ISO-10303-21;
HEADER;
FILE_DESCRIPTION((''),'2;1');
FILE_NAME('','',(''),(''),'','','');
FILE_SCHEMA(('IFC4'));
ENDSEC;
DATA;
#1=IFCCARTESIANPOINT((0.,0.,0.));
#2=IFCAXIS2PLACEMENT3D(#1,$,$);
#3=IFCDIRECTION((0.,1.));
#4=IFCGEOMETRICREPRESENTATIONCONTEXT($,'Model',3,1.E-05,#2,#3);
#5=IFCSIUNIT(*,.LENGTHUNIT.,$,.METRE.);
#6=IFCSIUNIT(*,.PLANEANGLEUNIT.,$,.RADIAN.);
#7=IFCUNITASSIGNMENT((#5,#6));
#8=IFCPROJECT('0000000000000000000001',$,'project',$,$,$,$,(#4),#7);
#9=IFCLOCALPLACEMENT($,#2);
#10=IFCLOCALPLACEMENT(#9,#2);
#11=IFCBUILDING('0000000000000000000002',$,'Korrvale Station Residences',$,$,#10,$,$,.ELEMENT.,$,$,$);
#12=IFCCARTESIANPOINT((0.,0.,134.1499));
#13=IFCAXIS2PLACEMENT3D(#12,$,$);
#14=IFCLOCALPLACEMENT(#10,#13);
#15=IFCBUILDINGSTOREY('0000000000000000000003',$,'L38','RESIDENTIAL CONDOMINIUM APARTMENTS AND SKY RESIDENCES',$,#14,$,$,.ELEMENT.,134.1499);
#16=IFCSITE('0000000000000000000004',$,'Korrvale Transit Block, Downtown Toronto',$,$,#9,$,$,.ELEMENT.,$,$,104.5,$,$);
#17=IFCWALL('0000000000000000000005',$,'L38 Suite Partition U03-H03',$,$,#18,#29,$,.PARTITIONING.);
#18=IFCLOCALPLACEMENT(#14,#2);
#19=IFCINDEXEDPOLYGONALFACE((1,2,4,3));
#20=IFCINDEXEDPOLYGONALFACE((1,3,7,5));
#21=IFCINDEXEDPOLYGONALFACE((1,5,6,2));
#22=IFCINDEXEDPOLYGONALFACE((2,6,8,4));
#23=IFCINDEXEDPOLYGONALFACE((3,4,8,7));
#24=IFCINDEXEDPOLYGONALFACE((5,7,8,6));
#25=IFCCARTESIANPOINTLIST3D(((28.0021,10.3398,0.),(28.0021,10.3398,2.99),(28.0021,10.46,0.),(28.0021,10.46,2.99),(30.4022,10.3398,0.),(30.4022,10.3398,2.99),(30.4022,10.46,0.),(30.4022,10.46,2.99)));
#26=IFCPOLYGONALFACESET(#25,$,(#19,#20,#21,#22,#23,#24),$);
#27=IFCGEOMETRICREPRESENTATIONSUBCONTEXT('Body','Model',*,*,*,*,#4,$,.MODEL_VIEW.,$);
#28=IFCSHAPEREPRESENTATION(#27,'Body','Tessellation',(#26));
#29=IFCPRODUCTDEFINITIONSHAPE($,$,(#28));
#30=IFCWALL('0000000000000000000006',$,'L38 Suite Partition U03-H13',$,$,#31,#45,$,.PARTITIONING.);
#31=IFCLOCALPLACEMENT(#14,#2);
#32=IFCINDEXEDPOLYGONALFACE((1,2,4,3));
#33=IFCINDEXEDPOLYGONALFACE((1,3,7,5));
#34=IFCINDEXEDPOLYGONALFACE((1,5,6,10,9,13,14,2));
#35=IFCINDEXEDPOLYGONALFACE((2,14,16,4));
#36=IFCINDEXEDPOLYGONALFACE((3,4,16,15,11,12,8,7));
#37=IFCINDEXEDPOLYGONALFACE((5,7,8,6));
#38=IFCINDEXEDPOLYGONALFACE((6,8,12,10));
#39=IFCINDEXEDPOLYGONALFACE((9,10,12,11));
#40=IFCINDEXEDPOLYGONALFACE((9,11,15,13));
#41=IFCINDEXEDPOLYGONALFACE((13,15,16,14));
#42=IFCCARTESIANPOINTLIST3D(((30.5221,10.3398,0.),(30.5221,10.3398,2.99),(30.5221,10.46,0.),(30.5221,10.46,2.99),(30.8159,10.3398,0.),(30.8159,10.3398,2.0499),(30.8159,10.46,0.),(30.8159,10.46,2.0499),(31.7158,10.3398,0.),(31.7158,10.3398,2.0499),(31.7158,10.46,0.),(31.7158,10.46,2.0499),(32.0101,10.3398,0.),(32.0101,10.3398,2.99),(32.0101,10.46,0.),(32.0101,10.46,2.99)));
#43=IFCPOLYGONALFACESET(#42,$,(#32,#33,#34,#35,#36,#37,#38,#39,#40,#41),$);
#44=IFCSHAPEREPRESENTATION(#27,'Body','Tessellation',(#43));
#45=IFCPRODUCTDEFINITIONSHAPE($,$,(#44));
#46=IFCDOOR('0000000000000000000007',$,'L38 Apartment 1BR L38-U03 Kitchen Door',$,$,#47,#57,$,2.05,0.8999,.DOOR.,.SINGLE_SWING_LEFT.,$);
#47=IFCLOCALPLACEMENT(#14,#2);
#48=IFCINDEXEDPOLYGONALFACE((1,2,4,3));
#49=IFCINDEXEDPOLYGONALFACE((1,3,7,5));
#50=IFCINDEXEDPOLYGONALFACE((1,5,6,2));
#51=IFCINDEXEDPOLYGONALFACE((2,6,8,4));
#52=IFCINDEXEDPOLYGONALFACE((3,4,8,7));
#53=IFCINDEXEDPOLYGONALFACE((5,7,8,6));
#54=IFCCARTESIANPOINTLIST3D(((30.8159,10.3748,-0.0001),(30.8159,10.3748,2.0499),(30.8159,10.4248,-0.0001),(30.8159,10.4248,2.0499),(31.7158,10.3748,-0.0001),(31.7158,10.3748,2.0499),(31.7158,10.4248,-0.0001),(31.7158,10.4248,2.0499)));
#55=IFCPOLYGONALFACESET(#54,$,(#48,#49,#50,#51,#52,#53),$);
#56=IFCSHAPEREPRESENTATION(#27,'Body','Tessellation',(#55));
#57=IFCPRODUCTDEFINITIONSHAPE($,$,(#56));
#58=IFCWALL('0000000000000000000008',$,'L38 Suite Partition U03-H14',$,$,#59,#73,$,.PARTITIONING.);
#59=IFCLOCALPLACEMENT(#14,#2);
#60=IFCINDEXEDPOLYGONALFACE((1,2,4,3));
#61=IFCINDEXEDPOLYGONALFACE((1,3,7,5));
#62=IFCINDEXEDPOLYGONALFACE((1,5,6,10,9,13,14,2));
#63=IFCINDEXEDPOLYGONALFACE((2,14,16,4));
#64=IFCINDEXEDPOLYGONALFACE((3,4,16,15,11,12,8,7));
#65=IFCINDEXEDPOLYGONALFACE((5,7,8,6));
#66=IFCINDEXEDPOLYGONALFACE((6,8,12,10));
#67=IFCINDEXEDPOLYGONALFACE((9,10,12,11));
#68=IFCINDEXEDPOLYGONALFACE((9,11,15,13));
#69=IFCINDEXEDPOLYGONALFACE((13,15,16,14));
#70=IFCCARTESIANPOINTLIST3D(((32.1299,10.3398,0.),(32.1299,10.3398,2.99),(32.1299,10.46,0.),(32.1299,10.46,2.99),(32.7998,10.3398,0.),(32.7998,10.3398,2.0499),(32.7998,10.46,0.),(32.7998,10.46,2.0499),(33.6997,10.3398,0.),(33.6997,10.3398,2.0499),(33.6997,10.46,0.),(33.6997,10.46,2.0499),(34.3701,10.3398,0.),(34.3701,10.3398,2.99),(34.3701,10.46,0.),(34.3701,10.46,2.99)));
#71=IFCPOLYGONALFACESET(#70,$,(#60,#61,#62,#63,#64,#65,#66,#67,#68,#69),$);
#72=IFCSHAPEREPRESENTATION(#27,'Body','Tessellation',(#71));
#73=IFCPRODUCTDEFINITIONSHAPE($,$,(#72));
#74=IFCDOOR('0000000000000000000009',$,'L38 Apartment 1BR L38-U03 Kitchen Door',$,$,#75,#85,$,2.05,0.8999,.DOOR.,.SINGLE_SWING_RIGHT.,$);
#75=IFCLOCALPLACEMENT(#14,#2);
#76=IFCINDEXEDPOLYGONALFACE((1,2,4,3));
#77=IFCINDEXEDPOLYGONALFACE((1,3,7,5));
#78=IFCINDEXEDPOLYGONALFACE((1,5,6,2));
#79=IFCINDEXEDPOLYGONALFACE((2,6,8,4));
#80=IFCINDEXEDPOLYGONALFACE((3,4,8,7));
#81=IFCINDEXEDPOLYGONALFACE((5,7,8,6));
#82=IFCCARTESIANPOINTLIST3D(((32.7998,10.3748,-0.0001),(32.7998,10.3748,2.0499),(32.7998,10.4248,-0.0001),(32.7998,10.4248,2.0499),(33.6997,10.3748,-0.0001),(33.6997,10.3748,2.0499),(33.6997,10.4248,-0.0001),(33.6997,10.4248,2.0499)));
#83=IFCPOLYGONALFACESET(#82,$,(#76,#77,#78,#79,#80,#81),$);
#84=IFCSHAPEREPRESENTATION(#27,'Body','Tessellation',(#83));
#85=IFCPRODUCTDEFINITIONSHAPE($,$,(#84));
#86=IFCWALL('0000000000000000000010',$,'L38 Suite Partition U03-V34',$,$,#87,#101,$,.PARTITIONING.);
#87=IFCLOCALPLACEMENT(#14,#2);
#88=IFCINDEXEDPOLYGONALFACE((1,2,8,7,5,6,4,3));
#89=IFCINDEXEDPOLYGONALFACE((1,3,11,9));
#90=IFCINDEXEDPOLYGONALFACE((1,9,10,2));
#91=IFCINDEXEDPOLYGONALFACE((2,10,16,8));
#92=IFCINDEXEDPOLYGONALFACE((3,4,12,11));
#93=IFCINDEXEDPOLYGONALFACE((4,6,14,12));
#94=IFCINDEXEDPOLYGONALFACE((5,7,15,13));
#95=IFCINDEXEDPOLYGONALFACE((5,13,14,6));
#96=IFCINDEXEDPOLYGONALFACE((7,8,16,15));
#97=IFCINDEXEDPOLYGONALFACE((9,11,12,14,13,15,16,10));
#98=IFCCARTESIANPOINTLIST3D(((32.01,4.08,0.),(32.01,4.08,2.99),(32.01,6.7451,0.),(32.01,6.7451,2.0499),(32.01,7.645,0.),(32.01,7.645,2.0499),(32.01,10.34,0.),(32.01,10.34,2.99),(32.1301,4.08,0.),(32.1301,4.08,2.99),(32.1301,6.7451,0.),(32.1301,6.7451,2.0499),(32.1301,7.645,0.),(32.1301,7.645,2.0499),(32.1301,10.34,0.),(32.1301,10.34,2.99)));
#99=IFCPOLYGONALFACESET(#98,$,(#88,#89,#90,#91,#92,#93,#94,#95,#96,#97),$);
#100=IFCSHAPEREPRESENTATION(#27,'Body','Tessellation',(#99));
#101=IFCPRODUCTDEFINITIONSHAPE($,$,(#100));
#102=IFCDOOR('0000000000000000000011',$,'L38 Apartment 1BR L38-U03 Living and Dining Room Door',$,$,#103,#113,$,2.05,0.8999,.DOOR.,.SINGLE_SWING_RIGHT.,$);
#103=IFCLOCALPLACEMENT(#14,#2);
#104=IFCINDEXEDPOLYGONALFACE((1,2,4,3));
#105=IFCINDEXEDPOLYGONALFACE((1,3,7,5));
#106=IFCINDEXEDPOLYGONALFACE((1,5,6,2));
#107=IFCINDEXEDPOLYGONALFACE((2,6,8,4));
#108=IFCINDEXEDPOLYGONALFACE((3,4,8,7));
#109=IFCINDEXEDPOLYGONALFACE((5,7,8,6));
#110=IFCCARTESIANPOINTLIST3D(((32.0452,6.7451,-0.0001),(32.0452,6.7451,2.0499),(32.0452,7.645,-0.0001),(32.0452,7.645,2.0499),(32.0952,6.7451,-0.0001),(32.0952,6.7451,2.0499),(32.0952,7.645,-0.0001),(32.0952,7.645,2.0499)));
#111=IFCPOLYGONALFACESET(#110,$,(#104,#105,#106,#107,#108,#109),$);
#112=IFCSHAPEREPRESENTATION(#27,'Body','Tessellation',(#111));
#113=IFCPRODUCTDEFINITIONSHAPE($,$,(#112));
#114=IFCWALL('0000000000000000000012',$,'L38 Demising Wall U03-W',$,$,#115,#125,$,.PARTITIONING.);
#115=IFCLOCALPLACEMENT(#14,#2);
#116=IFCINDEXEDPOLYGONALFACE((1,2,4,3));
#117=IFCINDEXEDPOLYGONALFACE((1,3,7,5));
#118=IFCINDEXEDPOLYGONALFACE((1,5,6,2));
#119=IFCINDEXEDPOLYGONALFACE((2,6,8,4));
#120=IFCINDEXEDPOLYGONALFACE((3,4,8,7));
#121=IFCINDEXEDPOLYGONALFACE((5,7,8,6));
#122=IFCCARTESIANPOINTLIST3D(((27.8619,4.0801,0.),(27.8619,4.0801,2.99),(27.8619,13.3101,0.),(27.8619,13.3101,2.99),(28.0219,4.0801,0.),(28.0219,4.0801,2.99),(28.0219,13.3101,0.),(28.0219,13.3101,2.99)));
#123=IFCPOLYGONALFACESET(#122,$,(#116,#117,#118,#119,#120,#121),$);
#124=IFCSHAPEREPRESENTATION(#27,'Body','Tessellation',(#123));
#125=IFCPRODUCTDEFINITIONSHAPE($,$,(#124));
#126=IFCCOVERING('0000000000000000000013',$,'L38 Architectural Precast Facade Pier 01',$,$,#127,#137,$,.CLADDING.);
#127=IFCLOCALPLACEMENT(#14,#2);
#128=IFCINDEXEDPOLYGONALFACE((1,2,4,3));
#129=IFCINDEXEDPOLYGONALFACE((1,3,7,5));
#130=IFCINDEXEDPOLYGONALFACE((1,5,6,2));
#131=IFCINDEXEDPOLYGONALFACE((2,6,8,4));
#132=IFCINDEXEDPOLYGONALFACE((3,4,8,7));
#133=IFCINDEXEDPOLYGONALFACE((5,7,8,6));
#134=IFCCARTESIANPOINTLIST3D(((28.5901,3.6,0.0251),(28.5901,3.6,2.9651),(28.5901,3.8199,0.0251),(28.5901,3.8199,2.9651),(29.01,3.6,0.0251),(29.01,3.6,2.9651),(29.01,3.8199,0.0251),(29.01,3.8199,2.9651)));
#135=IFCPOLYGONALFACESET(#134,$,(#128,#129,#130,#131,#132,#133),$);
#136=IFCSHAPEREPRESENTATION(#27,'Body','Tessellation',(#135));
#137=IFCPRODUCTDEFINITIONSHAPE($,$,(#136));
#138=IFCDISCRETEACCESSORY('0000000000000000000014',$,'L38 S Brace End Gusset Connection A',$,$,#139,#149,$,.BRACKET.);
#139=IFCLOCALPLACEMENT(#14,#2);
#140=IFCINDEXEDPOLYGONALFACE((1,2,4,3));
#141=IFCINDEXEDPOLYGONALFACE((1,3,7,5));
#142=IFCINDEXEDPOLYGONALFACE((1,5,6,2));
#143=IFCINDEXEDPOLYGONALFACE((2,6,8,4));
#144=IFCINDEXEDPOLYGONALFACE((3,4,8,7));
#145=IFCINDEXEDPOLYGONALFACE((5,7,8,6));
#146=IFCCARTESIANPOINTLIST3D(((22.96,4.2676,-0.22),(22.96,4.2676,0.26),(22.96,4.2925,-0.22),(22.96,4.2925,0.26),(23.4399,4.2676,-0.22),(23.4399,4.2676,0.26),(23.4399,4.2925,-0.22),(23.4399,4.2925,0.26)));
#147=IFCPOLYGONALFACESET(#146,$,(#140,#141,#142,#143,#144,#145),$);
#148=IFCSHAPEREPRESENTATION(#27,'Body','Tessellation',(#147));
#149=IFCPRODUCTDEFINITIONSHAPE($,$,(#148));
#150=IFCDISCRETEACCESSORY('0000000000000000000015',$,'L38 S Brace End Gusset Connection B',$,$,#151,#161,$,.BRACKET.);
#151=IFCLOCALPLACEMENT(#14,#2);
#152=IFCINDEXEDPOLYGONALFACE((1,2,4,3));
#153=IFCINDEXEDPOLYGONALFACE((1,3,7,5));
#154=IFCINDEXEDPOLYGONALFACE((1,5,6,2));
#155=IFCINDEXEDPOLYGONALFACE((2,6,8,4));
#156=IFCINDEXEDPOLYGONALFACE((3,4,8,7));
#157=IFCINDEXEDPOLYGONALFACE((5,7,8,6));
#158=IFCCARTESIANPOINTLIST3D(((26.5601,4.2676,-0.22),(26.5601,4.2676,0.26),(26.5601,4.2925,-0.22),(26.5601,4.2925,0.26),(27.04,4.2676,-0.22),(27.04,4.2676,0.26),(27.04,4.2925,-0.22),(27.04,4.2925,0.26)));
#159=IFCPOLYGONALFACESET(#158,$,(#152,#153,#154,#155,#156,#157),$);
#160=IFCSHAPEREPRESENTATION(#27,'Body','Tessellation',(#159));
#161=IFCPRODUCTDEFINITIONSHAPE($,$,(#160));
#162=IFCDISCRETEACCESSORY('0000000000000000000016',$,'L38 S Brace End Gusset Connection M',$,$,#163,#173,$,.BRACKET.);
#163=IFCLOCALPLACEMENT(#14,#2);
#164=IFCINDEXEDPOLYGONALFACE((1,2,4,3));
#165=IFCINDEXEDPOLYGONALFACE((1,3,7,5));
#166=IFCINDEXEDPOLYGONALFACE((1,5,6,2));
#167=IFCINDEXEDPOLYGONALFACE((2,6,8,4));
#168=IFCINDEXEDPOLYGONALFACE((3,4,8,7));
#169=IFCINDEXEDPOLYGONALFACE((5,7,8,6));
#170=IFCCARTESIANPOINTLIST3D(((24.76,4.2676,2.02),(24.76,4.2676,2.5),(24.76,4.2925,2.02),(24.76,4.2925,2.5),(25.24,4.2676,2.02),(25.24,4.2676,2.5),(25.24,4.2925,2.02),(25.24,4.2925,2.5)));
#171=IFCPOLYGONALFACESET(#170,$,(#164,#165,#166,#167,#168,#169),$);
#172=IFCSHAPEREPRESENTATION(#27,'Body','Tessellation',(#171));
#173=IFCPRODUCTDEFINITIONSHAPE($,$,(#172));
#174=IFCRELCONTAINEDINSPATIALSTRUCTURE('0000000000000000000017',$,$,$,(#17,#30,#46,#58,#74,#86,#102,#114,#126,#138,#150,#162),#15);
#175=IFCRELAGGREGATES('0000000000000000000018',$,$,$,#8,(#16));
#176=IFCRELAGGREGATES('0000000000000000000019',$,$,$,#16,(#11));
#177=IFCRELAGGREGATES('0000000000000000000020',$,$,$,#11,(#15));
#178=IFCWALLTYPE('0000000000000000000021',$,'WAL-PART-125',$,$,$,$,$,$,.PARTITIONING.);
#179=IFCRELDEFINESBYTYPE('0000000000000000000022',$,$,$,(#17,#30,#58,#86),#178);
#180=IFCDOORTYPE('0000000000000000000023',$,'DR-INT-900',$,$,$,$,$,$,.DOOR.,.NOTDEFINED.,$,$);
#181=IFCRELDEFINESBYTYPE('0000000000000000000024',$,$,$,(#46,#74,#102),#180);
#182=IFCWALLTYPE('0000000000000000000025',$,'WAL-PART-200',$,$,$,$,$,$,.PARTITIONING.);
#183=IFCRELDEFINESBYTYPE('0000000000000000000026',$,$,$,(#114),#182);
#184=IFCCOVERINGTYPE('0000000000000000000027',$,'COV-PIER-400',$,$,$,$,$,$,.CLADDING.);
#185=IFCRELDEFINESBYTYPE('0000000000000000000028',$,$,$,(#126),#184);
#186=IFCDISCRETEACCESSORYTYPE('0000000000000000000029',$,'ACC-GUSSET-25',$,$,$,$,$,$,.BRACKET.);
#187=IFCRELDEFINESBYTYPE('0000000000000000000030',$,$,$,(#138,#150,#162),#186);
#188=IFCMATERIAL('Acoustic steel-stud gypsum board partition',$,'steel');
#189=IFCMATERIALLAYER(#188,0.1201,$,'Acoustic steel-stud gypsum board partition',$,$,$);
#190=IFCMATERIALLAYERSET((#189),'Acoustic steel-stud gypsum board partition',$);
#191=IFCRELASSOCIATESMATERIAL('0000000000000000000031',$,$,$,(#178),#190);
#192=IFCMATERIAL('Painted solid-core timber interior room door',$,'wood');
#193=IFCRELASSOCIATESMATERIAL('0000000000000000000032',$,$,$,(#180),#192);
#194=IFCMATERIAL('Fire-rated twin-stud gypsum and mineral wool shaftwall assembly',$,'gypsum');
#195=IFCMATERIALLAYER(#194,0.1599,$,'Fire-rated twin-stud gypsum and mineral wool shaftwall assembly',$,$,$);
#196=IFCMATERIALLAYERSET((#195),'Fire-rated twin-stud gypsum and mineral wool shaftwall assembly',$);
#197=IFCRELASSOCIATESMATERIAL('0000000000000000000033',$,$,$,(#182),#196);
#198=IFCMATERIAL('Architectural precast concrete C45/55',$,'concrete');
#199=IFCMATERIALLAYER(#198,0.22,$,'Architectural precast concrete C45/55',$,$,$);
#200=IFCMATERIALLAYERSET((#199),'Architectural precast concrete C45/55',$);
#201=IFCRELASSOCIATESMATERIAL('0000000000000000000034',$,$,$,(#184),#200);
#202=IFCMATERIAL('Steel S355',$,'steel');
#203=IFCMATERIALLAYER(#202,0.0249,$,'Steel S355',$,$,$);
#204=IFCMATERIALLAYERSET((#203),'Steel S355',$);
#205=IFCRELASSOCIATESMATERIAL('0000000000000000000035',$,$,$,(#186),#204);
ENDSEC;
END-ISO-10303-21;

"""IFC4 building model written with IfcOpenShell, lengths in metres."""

from ifc_helpers import new_model, si_unit, direction, frame, frame_2d, origin, origin_2d, place, context, subcontext, project, spatial, rectangle, extrude, material, layer, layer_set, type_object, element, fill, save


model = new_model("IFC4")

# Units and contexts
model_context = context("Model", 3, precision=1e-05, world=origin(), true_north=direction((0.0, 1.0)))
body_context = subcontext(model_context, "Body", "Model", "MODEL_VIEW")
ifc_project = project(units=[si_unit("LENGTHUNIT", "METRE"), si_unit("PLANEANGLEUNIT", "RADIAN")], contexts=[model_context])

# Site, building, storey
site_placement = place(None, origin())
site = spatial("IfcSite", under=ifc_project, at=site_placement, Name="Korrvale Transit Block, Downtown Toronto", CompositionType="ELEMENT", RefElevation=104.5)
building_placement = place(site_placement, origin())
building = spatial("IfcBuilding", under=site, at=building_placement, Name="Korrvale Station Residences", CompositionType="ELEMENT")
storey_placement = place(building_placement, frame((0.0, 0.0, 134.1499)))
storey = spatial("IfcBuildingStorey", under=building, at=storey_placement, Name="L38", Description="RESIDENTIAL CONDOMINIUM APARTMENTS AND SKY RESIDENCES", CompositionType="ELEMENT", Elevation=134.1499)

# Shared definitions
ifc_material_1 = material(Name="Steel S355", Category="steel")

# Shared definitions
ifc_material_2 = material(Name="Acoustic steel-stud gypsum board partition", Category="steel")
ifc_layer_1 = layer(ifc_material_2, 0.1201, Name="Acoustic steel-stud gypsum board partition")
ifc_layer_set_1 = layer_set([ifc_layer_1], Name="Acoustic steel-stud gypsum board partition")
wall_type_1 = type_object("IfcWallType", Name="WAL-PART-125", PredefinedType="PARTITIONING", material=ifc_layer_set_1)
ifc_material_3 = material(Name="Painted solid-core timber interior room door", Category="wood")
door_type_1 = type_object("IfcDoorType", Name="DR-INT-900", OperationType="NOTDEFINED", PredefinedType="DOOR", material=ifc_material_3)

# Wall
wall_1_placement = place(storey_placement, frame((28.002, 10.3999, 0.0), z_axis=(0.0, 0.0, 1.0), x_axis=(1.0, 0.0, 0.0)))
element("IfcWall", 1, at=wall_1_placement, inside=storey, type_object=wall_type_1, Name="L38 Suite Partition U03-H03", PredefinedType="PARTITIONING", context=body_context, shape_type="SweptSolid", body=[
    extrude(rectangle(XDim=2.4001, YDim=0.1201, at=frame_2d((1.2002, 0.0))), origin(), (0.0, 0.0, 1.0), 2.99),
])

# Walls, openings, doors
wall_2_placement = place(storey_placement, frame((30.522, 10.3999, 0.0), z_axis=(0.0, 0.0, 1.0), x_axis=(1.0, 0.0, 0.0)))
wall_2 = element("IfcWall", 2, at=wall_2_placement, inside=storey, type_object=wall_type_1, Name="L38 Suite Partition U03-H13", PredefinedType="PARTITIONING", context=body_context, shape_type="SweptSolid", body=[
    extrude(rectangle(XDim=1.488, YDim=0.1201, at=frame_2d((0.7441, 0.0))), origin(), (0.0, 0.0, 1.0), 2.99),
])
opening_1_placement = place(wall_2_placement, frame((0.2939, 0.0, 0.0)))
opening_1 = element("IfcOpeningElement", 3, at=opening_1_placement, cuts=wall_2, PredefinedType="OPENING", context=body_context, shape_type="SweptSolid", body=[
    extrude(rectangle(XDim=0.8999, YDim=2.05, at=frame_2d((0.45, 1.0249))), frame((0.0, 0.0701, 0.0), z_axis=(0.0, -1.0, 0.0), x_axis=(1.0, 0.0, 0.0)), (0.0, 0.0, 1.0), 0.1401),
])
door_1_placement = place(opening_1_placement, origin())
door_1 = element("IfcDoor", 4, at=door_1_placement, inside=storey, type_object=door_type_1, Name="L38 Apartment 1BR L38-U03 Kitchen Door", OperationType="SINGLE_SWING_LEFT", OverallHeight=2.05, OverallWidth=0.8999, PredefinedType="DOOR", context=body_context, shape_type="SweptSolid", body=[
    extrude(rectangle(XDim=0.8999, YDim=2.05, at=frame_2d((0.45, 1.0249))), frame((0.0, 0.0249, 0.0), z_axis=(0.0, -1.0, 0.0), x_axis=(1.0, 0.0, 0.0)), (0.0, 0.0, 1.0), 0.05),
])
fill(opening_1, door_1)
wall_3_placement = place(storey_placement, frame((32.1299, 10.3999, 0.0), z_axis=(0.0, 0.0, 1.0), x_axis=(1.0, 0.0, 0.0)))
wall_3 = element("IfcWall", 5, at=wall_3_placement, inside=storey, type_object=wall_type_1, Name="L38 Suite Partition U03-H14", PredefinedType="PARTITIONING", context=body_context, shape_type="SweptSolid", body=[
    extrude(rectangle(XDim=2.2402, YDim=0.1201, at=frame_2d((1.1201, 0.0))), origin(), (0.0, 0.0, 1.0), 2.99),
])
opening_2_placement = place(wall_3_placement, frame((0.6699, 0.0, 0.0)))
opening_2 = element("IfcOpeningElement", 6, at=opening_2_placement, cuts=wall_3, PredefinedType="OPENING", context=body_context, shape_type="SweptSolid", body=[
    extrude(rectangle(XDim=0.8999, YDim=2.05, at=frame_2d((0.45, 1.0249))), frame((0.0, 0.0701, 0.0), z_axis=(0.0, -1.0, 0.0), x_axis=(1.0, 0.0, 0.0)), (0.0, 0.0, 1.0), 0.1401),
])
door_2_placement = place(opening_2_placement, origin())
door_2 = element("IfcDoor", 7, at=door_2_placement, inside=storey, type_object=door_type_1, Name="L38 Apartment 1BR L38-U03 Kitchen Door", OperationType="SINGLE_SWING_RIGHT", OverallHeight=2.05, OverallWidth=0.8999, PredefinedType="DOOR", context=body_context, shape_type="SweptSolid", body=[
    extrude(rectangle(XDim=0.8999, YDim=2.05, at=frame_2d((0.45, 1.0249))), frame((0.0, 0.0249, 0.0), z_axis=(0.0, -1.0, 0.0), x_axis=(1.0, 0.0, 0.0)), (0.0, 0.0, 1.0), 0.05),
])
fill(opening_2, door_2)
wall_4_placement = place(storey_placement, frame((32.0701, 4.0801, 0.0), z_axis=(0.0, 0.0, 1.0), x_axis=(0.0, 1.0, 0.0)))
wall_4 = element("IfcWall", 8, at=wall_4_placement, inside=storey, type_object=wall_type_1, Name="L38 Suite Partition U03-V34", PredefinedType="PARTITIONING", context=body_context, shape_type="SweptSolid", body=[
    extrude(rectangle(XDim=6.26, YDim=0.1201, at=frame_2d((3.1299, 0.0))), origin(), (0.0, 0.0, 1.0), 2.99),
])
opening_3_placement = place(wall_4_placement, frame((2.665, 0.0, 0.0)))
opening_3 = element("IfcOpeningElement", 9, at=opening_3_placement, cuts=wall_4, PredefinedType="OPENING", context=body_context, shape_type="SweptSolid", body=[
    extrude(rectangle(XDim=0.8999, YDim=2.05, at=frame_2d((0.45, 1.0249))), frame((0.0, 0.0701, 0.0), z_axis=(0.0, -1.0, 0.0), x_axis=(1.0, 0.0, 0.0)), (0.0, 0.0, 1.0), 0.1401),
])
door_3_placement = place(opening_3_placement, origin())
door_3 = element("IfcDoor", 10, at=door_3_placement, inside=storey, type_object=door_type_1, Name="L38 Apartment 1BR L38-U03 Living and Dining Room Door", OperationType="SINGLE_SWING_RIGHT", OverallHeight=2.05, OverallWidth=0.8999, PredefinedType="DOOR", context=body_context, shape_type="SweptSolid", body=[
    extrude(rectangle(XDim=0.8999, YDim=2.05, at=frame_2d((0.45, 1.0249))), frame((0.0, 0.0249, 0.0), z_axis=(0.0, -1.0, 0.0), x_axis=(1.0, 0.0, 0.0)), (0.0, 0.0, 1.0), 0.05),
])
fill(opening_3, door_3)

# Wall
ifc_material_4 = material(Name="Fire-rated twin-stud gypsum and mineral wool shaftwall assembly", Category="gypsum")
ifc_layer_2 = layer(ifc_material_4, 0.1599, Name="Fire-rated twin-stud gypsum and mineral wool shaftwall assembly")
ifc_layer_set_2 = layer_set([ifc_layer_2], Name="Fire-rated twin-stud gypsum and mineral wool shaftwall assembly")
wall_type_2 = type_object("IfcWallType", Name="WAL-PART-200", PredefinedType="PARTITIONING", material=ifc_layer_set_2)
wall_5_placement = place(storey_placement, frame((27.9419, 4.0801, 0.0), z_axis=(0.0, 0.0, 1.0), x_axis=(0.0, 1.0, 0.0)))
element("IfcWall", 11, at=wall_5_placement, inside=storey, type_object=wall_type_2, Name="L38 Demising Wall U03-W", PredefinedType="PARTITIONING", context=body_context, shape_type="SweptSolid", body=[
    extrude(rectangle(XDim=9.23, YDim=0.1599, at=frame_2d((4.615, 0.0))), origin(), (0.0, 0.0, 1.0), 2.99),
])

# Covering
ifc_material_5 = material(Name="Architectural precast concrete C45/55", Category="concrete")
ifc_layer_3 = layer(ifc_material_5, 0.22, Name="Architectural precast concrete C45/55")
ifc_layer_set_3 = layer_set([ifc_layer_3], Name="Architectural precast concrete C45/55")
covering_type = type_object("IfcCoveringType", Name="COV-PIER-400", PredefinedType="CLADDING", material=ifc_layer_set_3)
covering_placement = place(storey_placement, frame((28.8, 3.71, 0.0251), z_axis=(0.0, 0.0, 1.0), x_axis=(1.0, 0.0, 0.0)))
element("IfcCovering", 12, at=covering_placement, inside=storey, type_object=covering_type, Name="L38 Architectural Precast Facade Pier 01", PredefinedType="CLADDING", context=body_context, shape_type="SweptSolid", body=[
    extrude(rectangle(XDim=0.4199, YDim=0.22, at=origin_2d()), origin(), (0.0, 0.0, 1.0), 2.9399),
])

# Discrete accessories
ifc_layer_4 = layer(ifc_material_1, 0.0249, Name="Steel S355")
ifc_layer_set_4 = layer_set([ifc_layer_4], Name="Steel S355")
discrete_accessory_type = type_object("IfcDiscreteAccessoryType", Name="ACC-GUSSET-25", PredefinedType="BRACKET", material=ifc_layer_set_4)
for number, where, z_axis, x_axis, name in (
    (13, (23.2, 4.28, -0.22), (0.0, 0.0, 1.0), (1.0, 0.0, 0.0), "L38 S Brace End Gusset Connection A"),
    (14, (26.8, 4.28, -0.22), (0.0, 0.0, 1.0), (1.0, 0.0, 0.0), "L38 S Brace End Gusset Connection B"),
    (15, (25.0, 4.28, 2.02), (0.0, 0.0, 1.0), (1.0, 0.0, 0.0), "L38 S Brace End Gusset Connection M"),
):
    element("IfcDiscreteAccessory", number, at=place(storey_placement, frame(where, z_axis=z_axis, x_axis=x_axis)), inside=storey, type_object=discrete_accessory_type, Name=name, PredefinedType="BRACKET", context=body_context, shape_type="SweptSolid", body=[
        extrude(rectangle(XDim=0.48, YDim=0.0249, at=origin_2d()), origin(), (0.0, 0.0, 1.0), 0.48),
    ])

save(model, "model.ifc")
